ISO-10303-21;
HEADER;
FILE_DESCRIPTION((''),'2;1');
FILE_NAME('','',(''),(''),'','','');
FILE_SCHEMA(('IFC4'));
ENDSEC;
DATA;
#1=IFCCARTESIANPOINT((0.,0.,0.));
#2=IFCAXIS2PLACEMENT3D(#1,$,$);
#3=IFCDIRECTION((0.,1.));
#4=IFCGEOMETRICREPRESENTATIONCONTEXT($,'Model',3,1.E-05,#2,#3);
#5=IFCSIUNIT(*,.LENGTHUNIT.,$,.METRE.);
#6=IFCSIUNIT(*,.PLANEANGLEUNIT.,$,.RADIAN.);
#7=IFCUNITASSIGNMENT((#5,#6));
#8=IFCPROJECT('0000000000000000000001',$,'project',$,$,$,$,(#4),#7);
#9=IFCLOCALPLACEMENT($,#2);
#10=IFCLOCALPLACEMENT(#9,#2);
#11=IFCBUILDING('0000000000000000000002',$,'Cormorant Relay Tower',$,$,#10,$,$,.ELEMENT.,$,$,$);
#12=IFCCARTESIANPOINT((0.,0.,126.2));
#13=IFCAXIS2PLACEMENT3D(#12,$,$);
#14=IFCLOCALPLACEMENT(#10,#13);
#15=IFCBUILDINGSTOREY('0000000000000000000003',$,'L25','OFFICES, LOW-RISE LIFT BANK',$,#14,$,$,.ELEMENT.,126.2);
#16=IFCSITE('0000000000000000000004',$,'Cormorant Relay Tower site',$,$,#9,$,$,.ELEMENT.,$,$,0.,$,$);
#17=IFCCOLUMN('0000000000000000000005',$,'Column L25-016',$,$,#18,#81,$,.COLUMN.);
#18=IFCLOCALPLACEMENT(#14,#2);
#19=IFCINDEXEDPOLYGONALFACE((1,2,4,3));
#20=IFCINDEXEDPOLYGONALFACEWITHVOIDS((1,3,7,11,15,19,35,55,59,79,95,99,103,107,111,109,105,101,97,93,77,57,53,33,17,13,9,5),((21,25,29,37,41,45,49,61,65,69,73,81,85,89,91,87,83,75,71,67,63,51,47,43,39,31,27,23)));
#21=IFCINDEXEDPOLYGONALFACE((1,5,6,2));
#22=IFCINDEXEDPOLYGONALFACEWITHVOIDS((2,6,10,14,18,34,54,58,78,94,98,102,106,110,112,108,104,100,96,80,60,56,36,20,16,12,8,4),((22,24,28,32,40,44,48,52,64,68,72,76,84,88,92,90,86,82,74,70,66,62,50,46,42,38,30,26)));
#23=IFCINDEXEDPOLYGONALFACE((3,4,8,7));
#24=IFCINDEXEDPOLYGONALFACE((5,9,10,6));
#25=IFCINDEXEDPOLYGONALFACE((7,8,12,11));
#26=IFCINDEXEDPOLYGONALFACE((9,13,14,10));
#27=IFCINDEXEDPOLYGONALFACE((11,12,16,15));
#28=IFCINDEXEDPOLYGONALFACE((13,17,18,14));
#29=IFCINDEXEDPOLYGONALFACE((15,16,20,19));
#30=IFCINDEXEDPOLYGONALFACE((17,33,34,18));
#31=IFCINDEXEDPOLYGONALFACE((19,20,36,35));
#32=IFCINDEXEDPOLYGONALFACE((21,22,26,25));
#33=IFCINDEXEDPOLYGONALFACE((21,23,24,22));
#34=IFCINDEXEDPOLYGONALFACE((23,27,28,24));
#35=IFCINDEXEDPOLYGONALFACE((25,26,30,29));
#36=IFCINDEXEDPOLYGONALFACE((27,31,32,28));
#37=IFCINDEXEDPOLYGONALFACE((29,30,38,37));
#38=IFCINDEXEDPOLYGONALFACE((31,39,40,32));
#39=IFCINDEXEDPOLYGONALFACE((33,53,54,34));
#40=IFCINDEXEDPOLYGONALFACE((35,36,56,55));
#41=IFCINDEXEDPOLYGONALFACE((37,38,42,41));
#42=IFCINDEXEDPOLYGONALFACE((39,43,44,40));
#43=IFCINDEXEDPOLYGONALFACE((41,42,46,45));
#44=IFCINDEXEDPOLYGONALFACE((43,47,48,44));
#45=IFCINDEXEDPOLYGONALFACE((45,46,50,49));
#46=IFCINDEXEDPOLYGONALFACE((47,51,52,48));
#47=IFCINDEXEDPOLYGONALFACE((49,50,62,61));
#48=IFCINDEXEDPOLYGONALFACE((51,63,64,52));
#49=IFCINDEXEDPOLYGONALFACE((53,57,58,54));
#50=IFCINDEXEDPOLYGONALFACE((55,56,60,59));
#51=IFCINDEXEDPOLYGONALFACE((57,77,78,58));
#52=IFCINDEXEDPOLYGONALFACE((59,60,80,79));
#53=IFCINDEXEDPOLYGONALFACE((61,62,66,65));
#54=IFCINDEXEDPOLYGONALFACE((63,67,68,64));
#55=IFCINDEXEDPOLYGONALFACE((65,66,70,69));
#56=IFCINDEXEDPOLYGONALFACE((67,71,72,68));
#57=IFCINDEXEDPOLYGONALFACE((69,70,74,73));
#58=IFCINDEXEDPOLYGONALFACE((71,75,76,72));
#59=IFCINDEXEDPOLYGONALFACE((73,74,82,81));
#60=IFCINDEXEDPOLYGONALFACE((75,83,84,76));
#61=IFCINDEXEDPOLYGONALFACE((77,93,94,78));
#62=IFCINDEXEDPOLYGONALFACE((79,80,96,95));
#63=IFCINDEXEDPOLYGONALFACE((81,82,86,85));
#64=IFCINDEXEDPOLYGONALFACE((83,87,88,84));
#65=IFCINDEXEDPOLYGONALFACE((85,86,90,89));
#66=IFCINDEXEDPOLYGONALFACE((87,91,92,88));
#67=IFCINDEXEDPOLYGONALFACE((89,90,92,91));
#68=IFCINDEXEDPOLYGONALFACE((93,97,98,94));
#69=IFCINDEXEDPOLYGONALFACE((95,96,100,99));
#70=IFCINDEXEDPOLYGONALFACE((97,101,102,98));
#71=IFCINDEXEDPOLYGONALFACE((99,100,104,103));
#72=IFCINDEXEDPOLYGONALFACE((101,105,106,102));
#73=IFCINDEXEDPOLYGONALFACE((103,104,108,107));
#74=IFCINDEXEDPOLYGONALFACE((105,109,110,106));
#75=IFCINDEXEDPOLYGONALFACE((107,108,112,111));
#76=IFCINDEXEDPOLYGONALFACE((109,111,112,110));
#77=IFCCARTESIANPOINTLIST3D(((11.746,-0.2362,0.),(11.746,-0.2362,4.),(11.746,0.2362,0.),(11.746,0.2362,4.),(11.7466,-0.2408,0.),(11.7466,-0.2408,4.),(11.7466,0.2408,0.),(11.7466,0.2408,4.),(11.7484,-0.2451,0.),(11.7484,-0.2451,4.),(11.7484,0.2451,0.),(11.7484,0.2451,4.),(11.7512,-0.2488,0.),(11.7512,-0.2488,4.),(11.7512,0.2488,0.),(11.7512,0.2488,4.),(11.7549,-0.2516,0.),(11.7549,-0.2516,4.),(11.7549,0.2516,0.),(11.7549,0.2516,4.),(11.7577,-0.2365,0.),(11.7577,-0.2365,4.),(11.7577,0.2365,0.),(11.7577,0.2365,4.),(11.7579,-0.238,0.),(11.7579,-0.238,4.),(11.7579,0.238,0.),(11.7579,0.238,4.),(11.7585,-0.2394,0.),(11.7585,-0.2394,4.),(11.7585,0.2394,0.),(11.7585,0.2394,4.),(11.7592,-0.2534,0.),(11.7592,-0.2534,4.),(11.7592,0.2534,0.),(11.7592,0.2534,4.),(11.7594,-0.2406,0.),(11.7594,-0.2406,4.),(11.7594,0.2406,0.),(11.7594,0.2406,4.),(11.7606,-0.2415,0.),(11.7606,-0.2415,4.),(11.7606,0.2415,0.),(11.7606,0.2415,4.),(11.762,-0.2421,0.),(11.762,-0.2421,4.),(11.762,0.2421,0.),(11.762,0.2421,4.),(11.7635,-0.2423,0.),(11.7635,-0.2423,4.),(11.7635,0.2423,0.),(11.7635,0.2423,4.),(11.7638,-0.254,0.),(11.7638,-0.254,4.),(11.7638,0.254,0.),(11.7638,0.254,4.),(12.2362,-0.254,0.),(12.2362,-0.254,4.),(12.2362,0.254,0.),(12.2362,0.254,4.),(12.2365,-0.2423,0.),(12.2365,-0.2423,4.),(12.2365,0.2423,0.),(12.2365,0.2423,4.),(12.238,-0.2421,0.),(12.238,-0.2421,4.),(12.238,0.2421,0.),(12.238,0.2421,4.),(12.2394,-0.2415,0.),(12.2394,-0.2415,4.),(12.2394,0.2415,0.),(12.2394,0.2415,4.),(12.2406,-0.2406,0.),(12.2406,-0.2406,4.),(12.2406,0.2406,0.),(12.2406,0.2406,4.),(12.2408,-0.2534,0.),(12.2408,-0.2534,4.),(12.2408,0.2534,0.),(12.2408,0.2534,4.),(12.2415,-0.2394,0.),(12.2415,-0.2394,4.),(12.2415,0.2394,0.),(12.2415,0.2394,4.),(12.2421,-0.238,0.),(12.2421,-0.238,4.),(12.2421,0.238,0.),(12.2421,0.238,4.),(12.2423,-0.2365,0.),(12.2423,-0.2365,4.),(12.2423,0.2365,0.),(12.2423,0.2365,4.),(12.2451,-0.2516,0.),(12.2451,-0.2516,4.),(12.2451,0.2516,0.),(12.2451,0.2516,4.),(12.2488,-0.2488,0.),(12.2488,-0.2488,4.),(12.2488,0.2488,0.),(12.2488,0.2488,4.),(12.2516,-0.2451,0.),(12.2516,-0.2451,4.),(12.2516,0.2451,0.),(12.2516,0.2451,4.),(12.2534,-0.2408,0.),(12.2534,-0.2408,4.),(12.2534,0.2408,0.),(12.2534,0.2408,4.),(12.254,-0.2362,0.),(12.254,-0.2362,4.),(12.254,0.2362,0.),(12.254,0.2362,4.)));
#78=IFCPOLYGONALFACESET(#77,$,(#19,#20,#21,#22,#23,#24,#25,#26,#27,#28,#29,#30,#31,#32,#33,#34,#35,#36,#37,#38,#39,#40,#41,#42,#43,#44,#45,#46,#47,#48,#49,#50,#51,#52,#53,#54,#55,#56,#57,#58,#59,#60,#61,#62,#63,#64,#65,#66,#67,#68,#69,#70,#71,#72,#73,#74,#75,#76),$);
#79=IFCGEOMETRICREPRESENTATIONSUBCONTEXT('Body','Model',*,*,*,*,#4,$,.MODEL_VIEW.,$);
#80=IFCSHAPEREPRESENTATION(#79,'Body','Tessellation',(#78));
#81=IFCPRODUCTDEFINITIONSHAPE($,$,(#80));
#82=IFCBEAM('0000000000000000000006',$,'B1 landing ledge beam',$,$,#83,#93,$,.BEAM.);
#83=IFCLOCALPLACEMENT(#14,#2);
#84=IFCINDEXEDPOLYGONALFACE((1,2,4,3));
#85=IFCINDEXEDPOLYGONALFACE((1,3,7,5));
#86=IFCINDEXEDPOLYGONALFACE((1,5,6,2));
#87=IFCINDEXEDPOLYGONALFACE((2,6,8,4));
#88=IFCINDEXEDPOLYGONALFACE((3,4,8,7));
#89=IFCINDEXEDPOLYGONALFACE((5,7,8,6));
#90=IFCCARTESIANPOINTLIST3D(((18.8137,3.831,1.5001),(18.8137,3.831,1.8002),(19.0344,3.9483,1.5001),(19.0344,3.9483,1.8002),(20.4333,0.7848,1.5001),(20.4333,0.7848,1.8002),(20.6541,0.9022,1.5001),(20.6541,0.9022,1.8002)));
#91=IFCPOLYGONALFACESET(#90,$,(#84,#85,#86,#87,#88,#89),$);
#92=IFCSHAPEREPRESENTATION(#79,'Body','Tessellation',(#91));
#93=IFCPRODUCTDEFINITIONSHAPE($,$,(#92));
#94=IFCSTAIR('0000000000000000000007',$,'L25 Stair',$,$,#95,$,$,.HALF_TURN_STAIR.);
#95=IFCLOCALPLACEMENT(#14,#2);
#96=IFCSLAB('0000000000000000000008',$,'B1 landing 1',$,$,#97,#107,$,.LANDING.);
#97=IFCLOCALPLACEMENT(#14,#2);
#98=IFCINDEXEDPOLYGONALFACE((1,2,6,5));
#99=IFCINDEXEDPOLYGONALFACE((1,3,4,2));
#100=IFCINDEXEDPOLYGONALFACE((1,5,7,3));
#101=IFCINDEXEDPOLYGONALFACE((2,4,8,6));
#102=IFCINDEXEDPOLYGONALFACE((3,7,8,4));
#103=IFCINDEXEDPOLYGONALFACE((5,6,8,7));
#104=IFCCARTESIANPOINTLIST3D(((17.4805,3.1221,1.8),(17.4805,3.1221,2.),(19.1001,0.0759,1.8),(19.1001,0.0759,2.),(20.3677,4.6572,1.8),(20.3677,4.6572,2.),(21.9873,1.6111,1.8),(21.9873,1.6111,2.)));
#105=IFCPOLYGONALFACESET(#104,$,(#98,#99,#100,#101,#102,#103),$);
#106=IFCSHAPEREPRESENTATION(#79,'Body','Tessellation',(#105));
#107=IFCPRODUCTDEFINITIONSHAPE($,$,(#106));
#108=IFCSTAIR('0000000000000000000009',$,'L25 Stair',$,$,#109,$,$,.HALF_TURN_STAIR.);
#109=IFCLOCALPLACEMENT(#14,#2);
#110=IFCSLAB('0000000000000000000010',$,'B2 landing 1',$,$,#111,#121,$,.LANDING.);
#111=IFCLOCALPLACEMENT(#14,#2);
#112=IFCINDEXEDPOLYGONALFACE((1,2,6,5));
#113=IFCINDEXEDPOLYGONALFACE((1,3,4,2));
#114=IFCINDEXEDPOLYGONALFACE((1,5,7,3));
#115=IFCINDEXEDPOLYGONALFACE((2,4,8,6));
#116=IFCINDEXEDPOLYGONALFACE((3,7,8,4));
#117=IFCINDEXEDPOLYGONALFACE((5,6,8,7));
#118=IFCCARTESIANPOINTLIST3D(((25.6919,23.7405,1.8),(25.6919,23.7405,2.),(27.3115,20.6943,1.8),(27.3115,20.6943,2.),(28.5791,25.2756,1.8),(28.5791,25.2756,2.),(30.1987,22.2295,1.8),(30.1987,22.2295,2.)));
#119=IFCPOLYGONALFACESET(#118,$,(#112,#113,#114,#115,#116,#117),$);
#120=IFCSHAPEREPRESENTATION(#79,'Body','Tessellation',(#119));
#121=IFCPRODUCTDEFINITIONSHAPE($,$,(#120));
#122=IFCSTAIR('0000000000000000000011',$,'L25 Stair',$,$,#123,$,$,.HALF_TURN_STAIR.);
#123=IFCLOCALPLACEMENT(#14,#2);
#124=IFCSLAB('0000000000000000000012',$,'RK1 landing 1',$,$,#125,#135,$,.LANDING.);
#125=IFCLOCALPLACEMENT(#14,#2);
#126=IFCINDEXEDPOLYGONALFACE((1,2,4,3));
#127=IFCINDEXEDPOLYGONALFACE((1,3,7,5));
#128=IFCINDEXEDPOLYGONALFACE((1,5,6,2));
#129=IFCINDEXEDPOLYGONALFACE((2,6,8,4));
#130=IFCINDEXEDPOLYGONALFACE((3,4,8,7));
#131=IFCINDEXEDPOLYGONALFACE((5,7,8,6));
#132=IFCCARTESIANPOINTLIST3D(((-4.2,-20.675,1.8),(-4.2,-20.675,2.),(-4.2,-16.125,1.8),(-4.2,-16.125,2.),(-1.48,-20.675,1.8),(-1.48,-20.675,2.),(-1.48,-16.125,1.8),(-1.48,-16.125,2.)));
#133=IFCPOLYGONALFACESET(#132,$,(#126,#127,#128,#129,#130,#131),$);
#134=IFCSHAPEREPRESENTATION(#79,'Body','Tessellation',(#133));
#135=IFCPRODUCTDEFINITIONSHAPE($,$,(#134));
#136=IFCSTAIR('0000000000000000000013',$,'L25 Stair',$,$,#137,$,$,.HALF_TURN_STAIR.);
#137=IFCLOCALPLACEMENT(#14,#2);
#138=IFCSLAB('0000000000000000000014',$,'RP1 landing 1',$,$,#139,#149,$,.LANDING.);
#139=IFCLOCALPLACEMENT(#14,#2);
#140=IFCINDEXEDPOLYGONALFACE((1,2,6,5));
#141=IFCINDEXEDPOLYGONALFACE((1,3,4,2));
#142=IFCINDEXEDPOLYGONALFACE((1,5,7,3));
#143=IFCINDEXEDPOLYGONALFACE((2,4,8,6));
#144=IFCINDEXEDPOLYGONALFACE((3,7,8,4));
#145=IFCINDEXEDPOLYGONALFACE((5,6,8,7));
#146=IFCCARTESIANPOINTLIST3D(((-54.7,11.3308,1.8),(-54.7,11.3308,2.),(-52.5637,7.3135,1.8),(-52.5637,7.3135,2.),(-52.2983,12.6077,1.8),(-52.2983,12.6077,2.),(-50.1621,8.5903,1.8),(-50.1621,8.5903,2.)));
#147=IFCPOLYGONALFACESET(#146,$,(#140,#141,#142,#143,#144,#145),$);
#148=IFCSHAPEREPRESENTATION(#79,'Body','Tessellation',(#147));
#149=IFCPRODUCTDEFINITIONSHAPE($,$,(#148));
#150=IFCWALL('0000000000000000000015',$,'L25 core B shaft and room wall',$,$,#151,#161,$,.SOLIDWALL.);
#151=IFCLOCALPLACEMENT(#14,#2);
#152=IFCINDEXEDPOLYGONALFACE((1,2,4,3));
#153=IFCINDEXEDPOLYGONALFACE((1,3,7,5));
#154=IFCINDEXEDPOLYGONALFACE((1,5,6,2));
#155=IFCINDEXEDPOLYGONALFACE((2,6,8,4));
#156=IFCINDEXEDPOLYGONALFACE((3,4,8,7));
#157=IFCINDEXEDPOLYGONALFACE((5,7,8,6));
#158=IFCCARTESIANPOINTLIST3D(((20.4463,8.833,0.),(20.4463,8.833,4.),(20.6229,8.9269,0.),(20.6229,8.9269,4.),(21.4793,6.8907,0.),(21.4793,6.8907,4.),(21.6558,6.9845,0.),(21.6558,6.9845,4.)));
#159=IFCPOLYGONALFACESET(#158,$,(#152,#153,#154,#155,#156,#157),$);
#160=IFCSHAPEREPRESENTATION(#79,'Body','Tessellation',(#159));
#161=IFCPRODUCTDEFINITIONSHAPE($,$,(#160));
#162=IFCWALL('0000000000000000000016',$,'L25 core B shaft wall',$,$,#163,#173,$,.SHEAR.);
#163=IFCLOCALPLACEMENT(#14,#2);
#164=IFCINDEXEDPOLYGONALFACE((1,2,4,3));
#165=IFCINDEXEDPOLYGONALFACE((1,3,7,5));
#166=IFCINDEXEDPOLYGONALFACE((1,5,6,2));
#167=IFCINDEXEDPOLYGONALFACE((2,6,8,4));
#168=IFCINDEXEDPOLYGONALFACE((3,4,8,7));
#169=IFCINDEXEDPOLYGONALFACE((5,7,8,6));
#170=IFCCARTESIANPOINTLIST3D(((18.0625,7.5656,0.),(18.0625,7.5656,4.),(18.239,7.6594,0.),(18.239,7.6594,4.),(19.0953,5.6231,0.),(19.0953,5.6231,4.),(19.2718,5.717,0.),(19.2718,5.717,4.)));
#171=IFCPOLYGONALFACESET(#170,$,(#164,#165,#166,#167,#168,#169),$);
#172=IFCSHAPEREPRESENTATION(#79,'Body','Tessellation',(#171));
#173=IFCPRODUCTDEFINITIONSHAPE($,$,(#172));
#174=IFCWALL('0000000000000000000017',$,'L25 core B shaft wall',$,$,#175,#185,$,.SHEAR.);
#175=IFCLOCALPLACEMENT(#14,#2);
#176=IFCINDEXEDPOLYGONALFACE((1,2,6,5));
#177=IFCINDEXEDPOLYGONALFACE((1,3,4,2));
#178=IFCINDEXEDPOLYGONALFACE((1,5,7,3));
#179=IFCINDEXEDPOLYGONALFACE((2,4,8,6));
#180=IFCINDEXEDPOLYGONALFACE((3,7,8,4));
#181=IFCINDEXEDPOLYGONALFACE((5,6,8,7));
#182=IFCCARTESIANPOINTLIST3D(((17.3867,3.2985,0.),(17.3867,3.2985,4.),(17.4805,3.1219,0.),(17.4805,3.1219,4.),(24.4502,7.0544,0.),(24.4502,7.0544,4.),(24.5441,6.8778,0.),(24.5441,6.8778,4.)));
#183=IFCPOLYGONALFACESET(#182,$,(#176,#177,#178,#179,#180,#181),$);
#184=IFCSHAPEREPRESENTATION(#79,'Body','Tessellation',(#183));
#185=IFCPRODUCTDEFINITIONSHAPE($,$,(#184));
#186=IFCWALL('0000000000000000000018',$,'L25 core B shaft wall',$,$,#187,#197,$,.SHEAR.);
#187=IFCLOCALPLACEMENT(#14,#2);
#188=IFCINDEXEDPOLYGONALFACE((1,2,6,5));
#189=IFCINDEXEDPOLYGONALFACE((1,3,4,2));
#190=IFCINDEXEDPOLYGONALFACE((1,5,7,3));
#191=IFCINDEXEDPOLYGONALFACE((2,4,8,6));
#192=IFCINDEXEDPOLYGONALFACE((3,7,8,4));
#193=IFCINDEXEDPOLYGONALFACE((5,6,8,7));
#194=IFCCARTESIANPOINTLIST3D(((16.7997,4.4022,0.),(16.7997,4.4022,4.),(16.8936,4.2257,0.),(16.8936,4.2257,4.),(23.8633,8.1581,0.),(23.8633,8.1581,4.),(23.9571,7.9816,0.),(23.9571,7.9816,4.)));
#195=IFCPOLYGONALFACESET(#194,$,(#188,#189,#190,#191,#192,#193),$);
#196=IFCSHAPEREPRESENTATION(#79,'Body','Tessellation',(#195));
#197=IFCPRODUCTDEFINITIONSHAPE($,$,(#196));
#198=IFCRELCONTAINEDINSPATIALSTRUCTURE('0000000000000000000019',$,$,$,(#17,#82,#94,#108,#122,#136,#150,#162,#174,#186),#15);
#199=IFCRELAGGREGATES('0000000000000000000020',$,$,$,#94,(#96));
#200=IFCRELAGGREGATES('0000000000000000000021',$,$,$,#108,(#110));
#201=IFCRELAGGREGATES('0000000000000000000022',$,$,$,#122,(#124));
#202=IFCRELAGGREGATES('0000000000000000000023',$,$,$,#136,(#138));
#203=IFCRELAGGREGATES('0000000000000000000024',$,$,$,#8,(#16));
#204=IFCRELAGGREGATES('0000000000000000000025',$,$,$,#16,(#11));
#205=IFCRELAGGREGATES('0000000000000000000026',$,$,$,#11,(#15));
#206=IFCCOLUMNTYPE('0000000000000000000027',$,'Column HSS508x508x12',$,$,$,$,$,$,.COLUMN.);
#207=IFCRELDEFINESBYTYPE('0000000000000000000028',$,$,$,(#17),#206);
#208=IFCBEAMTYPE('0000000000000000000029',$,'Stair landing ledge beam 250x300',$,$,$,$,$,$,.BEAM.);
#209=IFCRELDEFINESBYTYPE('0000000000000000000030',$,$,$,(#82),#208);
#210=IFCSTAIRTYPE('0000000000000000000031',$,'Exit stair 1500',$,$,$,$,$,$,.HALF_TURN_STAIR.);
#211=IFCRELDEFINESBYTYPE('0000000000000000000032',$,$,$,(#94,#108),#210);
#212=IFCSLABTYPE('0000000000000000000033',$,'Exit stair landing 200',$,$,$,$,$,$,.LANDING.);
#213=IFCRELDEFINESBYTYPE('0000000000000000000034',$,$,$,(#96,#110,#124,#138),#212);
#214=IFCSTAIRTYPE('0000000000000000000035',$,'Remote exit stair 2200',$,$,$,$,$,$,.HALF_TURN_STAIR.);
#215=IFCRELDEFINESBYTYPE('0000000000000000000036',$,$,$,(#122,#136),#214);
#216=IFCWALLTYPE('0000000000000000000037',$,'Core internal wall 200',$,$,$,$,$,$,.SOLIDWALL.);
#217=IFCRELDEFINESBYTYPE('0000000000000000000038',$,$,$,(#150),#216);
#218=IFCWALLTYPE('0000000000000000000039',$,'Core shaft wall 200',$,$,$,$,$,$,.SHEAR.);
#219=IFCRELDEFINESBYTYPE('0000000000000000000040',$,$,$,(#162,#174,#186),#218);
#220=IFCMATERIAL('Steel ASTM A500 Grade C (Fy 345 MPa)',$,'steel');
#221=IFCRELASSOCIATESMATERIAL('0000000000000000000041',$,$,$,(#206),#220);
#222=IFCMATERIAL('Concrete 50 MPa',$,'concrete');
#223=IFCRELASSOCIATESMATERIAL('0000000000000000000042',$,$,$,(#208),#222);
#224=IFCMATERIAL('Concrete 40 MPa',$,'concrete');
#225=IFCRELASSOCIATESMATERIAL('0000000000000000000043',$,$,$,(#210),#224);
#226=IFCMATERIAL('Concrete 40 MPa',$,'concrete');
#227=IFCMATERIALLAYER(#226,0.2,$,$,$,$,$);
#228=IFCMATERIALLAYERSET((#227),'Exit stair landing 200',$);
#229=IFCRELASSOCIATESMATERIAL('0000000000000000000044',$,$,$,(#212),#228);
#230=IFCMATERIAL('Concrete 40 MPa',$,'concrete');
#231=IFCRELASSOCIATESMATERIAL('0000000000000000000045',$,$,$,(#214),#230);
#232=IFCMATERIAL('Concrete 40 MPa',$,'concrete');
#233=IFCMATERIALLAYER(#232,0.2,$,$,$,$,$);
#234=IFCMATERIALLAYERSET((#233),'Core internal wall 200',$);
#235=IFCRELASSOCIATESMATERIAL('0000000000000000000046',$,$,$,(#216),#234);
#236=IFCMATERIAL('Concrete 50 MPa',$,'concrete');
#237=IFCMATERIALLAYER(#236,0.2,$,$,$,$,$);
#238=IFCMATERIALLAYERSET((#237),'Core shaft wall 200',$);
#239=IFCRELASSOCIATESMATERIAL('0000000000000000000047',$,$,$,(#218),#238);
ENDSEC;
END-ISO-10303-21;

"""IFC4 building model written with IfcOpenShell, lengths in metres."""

from ifc_helpers import new_model, si_unit, direction, frame, frame_2d, origin, origin_2d, place, context, subcontext, project, spatial, polyline, rectangle, hollow_rectangle, outline, extrude, material, layer, layer_set, material_profile, profile_set, type_object, element, aggregate, save


model = new_model("IFC4")

# Units and contexts
model_context = context("Model", 3, precision=1e-05, world=origin(), true_north=direction((0.0, 1.0)))
body_context = subcontext(model_context, "Body", "Model", "MODEL_VIEW")
ifc_project = project(units=[si_unit("LENGTHUNIT", "METRE"), si_unit("PLANEANGLEUNIT", "RADIAN")], contexts=[model_context])

# Site, building, storey
site_placement = place(None, origin())
site = spatial("IfcSite", under=ifc_project, at=site_placement, Name="Cormorant Relay Tower site", CompositionType="ELEMENT", RefElevation=0.0)
building_placement = place(site_placement, origin())
building = spatial("IfcBuilding", under=site, at=building_placement, Name="Cormorant Relay Tower", CompositionType="ELEMENT")
storey_placement = place(building_placement, frame((0.0, 0.0, 126.2)))
storey = spatial("IfcBuildingStorey", under=building, at=storey_placement, Name="L25", Description="OFFICES, LOW-RISE LIFT BANK", CompositionType="ELEMENT", Elevation=126.2)

# Column
ifc_material_1 = material(Name="Steel ASTM A500 Grade C (Fy 345 MPa)", Category="steel")
ifc_material_profile_1 = material_profile(ifc_material_1, hollow_rectangle(XDim=0.5081, YDim=0.5081, WallThickness=0.0117, InnerFilletRadius=0.0059, OuterFilletRadius=0.0178, at=origin_2d()), Name="HSS508x508x12")
ifc_profile_set_1 = profile_set([ifc_material_profile_1], Name="Steel ASTM A500 Grade C (Fy 345 MPa)")
column_type = type_object("IfcColumnType", Name="Column HSS508x508x12", PredefinedType="COLUMN", material=ifc_profile_set_1)
column_placement = place(storey_placement, frame((12.0, 0.0, 0.0), z_axis=(0.0, 0.0, 1.0), x_axis=(1.0, 0.0, 0.0)))
element("IfcColumn", 1, at=column_placement, inside=storey, type_object=column_type, Name="Column L25-016", PredefinedType="COLUMN", context=body_context, shape_type="SweptSolid", body=[
    extrude(hollow_rectangle(XDim=0.5081, YDim=0.5081, WallThickness=0.0117, InnerFilletRadius=0.0059, OuterFilletRadius=0.0178, at=origin_2d()), origin(), (0.0, 0.0, 1.0), 4.0),
])

# Beam
ifc_material_2 = material(Name="Concrete 50 MPa", Category="concrete")
ifc_material_profile_2 = material_profile(ifc_material_2, rectangle(XDim=0.25, YDim=0.3, at=origin_2d()), Name="RC 250x300")
ifc_profile_set_2 = profile_set([ifc_material_profile_2], Name="Concrete 50 MPa")
beam_type = type_object("IfcBeamType", Name="Stair landing ledge beam 250x300", PredefinedType="BEAM", material=ifc_profile_set_2)
beam_placement = place(storey_placement, frame((18.9241, 3.8896, 1.6501), z_axis=(0.469464, -0.882952, 0.0), x_axis=(0.882952, 0.469464, 0.0)))
element("IfcBeam", 2, at=beam_placement, inside=storey, type_object=beam_type, Name="B1 landing ledge beam", PredefinedType="BEAM", context=body_context, shape_type="SweptSolid", body=[
    extrude(rectangle(XDim=0.25, YDim=0.3, at=origin_2d()), origin(), (0.0, 0.0, 1.0), 3.45),
])

# Stairs, slabs
ifc_material_3 = material(Name="Concrete 40 MPa", Category="concrete")
stair_type_1 = type_object("IfcStairType", Name="Exit stair 1500", PredefinedType="HALF_TURN_STAIR", material=ifc_material_3)
stair_1_placement = place(storey_placement, origin())
stair_1 = element("IfcStair", 3, at=stair_1_placement, inside=storey, type_object=stair_type_1, Name="L25 Stair", PredefinedType="HALF_TURN_STAIR")
ifc_material_4 = material(Name="Concrete 40 MPa", Category="concrete")
ifc_layer_1 = layer(ifc_material_4, 0.2)
ifc_layer_set_1 = layer_set([ifc_layer_1], Name="Exit stair landing 200")
slab_type = type_object("IfcSlabType", Name="Exit stair landing 200", PredefinedType="LANDING", material=ifc_layer_set_1)
slab_1_placement = place(storey_placement, frame((0.0, 0.0, 1.8)))
slab_1 = element("IfcSlab", 4, at=slab_1_placement, type_object=slab_type, Name="B1 landing 1", PredefinedType="LANDING", context=body_context, shape_type="SweptSolid", body=[
    extrude(outline(polyline([(20.3677, 4.6572), (17.4805, 3.1221), (19.1001, 0.0759), (21.9873, 1.6111), (20.3677, 4.6572)])), origin(), (0.0, 0.0, 1.0), 0.2),
])
aggregate(stair_1, [slab_1])
stair_2_placement = place(storey_placement, origin())
stair_2 = element("IfcStair", 5, at=stair_2_placement, inside=storey, type_object=stair_type_1, Name="L25 Stair", PredefinedType="HALF_TURN_STAIR")
slab_2_placement = place(storey_placement, frame((0.0, 0.0, 1.8)))
slab_2 = element("IfcSlab", 6, at=slab_2_placement, type_object=slab_type, Name="B2 landing 1", PredefinedType="LANDING", context=body_context, shape_type="SweptSolid", body=[
    extrude(outline(polyline([(27.3115, 20.6943), (30.1987, 22.2295), (28.5791, 25.2756), (25.6919, 23.7405), (27.3115, 20.6943)])), origin(), (0.0, 0.0, 1.0), 0.2),
])
aggregate(stair_2, [slab_2])
ifc_material_5 = material(Name="Concrete 40 MPa", Category="concrete")
stair_type_2 = type_object("IfcStairType", Name="Remote exit stair 2200", PredefinedType="HALF_TURN_STAIR", material=ifc_material_5)
stair_3_placement = place(storey_placement, origin())
stair_3 = element("IfcStair", 7, at=stair_3_placement, inside=storey, type_object=stair_type_2, Name="L25 Stair", PredefinedType="HALF_TURN_STAIR")
slab_3_placement = place(storey_placement, frame((0.0, 0.0, 1.8)))
slab_3 = element("IfcSlab", 8, at=slab_3_placement, type_object=slab_type, Name="RK1 landing 1", PredefinedType="LANDING", context=body_context, shape_type="SweptSolid", body=[
    extrude(outline(polyline([(-1.48, -16.125), (-4.2, -16.125), (-4.2, -20.675), (-1.48, -20.675), (-1.48, -16.125)])), origin(), (0.0, 0.0, 1.0), 0.2),
])
aggregate(stair_3, [slab_3])
stair_4_placement = place(storey_placement, origin())
stair_4 = element("IfcStair", 9, at=stair_4_placement, inside=storey, type_object=stair_type_2, Name="L25 Stair", PredefinedType="HALF_TURN_STAIR")
slab_4_placement = place(storey_placement, frame((0.0, 0.0, 1.8)))
slab_4 = element("IfcSlab", 10, at=slab_4_placement, type_object=slab_type, Name="RP1 landing 1", PredefinedType="LANDING", context=body_context, shape_type="SweptSolid", body=[
    extrude(outline(polyline([(-52.2983, 12.6077), (-54.7, 11.3308), (-52.5637, 7.3135), (-50.1621, 8.5903), (-52.2983, 12.6077)])), origin(), (0.0, 0.0, 1.0), 0.2),
])
aggregate(stair_4, [slab_4])

# Walls
ifc_material_6 = material(Name="Concrete 40 MPa", Category="concrete")
ifc_layer_2 = layer(ifc_material_6, 0.2)
ifc_layer_set_2 = layer_set([ifc_layer_2], Name="Core internal wall 200")
wall_type_1 = type_object("IfcWallType", Name="Core internal wall 200", PredefinedType="SOLIDWALL", material=ifc_layer_set_2)
wall_1_placement = place(storey_placement, frame((21.5676, 6.9375, 0.0), z_axis=(0.0, 0.0, 1.0), x_axis=(-0.469534, 0.882914, 0.0)))
element("IfcWall", 11, at=wall_1_placement, inside=storey, type_object=wall_type_1, Name="L25 core B shaft and room wall", PredefinedType="SOLIDWALL", context=body_context, shape_type="SweptSolid", body=[
    extrude(rectangle(XDim=2.2, YDim=0.2, at=frame_2d((1.1001, 0.0))), origin(), (0.0, 0.0, 1.0), 4.0),
])
ifc_material_7 = material(Name="Concrete 50 MPa", Category="concrete")
ifc_layer_3 = layer(ifc_material_7, 0.2)
ifc_layer_set_3 = layer_set([ifc_layer_3], Name="Core shaft wall 200")
wall_type_2 = type_object("IfcWallType", Name="Core shaft wall 200", PredefinedType="SHEAR", material=ifc_layer_set_3)
wall_2_placement = place(storey_placement, frame((19.1836, 5.6699, 0.0), z_axis=(0.0, 0.0, 1.0), x_axis=(-0.469447, 0.88296, 0.0)))
element("IfcWall", 12, at=wall_2_placement, inside=storey, type_object=wall_type_2, Name="L25 core B shaft wall", PredefinedType="SHEAR", context=body_context, shape_type="SweptSolid", body=[
    extrude(rectangle(XDim=2.2, YDim=0.2, at=frame_2d((1.1001, 0.0))), origin(), (0.0, 0.0, 1.0), 4.0),
])
for number, where, z_axis, x_axis, name in (
    (13, (17.4336, 3.2102, 0.0), (0.0, 0.0, 1.0), (0.88294, 0.469485, 0.0), "L25 core B shaft wall"),
    (14, (16.8467, 4.314, 0.0), (0.0, 0.0, 1.0), (0.88294, 0.469485, 0.0), "L25 core B shaft wall"),
):
    element("IfcWall", number, at=place(storey_placement, frame(where, z_axis=z_axis, x_axis=x_axis)), inside=storey, type_object=wall_type_2, Name=name, PredefinedType="SHEAR", context=body_context, shape_type="SweptSolid", body=[
        extrude(rectangle(XDim=8.0, YDim=0.2, at=frame_2d((4.0, 0.0))), origin(), (0.0, 0.0, 1.0), 4.0),
    ])

save(model, "model.ifc")
